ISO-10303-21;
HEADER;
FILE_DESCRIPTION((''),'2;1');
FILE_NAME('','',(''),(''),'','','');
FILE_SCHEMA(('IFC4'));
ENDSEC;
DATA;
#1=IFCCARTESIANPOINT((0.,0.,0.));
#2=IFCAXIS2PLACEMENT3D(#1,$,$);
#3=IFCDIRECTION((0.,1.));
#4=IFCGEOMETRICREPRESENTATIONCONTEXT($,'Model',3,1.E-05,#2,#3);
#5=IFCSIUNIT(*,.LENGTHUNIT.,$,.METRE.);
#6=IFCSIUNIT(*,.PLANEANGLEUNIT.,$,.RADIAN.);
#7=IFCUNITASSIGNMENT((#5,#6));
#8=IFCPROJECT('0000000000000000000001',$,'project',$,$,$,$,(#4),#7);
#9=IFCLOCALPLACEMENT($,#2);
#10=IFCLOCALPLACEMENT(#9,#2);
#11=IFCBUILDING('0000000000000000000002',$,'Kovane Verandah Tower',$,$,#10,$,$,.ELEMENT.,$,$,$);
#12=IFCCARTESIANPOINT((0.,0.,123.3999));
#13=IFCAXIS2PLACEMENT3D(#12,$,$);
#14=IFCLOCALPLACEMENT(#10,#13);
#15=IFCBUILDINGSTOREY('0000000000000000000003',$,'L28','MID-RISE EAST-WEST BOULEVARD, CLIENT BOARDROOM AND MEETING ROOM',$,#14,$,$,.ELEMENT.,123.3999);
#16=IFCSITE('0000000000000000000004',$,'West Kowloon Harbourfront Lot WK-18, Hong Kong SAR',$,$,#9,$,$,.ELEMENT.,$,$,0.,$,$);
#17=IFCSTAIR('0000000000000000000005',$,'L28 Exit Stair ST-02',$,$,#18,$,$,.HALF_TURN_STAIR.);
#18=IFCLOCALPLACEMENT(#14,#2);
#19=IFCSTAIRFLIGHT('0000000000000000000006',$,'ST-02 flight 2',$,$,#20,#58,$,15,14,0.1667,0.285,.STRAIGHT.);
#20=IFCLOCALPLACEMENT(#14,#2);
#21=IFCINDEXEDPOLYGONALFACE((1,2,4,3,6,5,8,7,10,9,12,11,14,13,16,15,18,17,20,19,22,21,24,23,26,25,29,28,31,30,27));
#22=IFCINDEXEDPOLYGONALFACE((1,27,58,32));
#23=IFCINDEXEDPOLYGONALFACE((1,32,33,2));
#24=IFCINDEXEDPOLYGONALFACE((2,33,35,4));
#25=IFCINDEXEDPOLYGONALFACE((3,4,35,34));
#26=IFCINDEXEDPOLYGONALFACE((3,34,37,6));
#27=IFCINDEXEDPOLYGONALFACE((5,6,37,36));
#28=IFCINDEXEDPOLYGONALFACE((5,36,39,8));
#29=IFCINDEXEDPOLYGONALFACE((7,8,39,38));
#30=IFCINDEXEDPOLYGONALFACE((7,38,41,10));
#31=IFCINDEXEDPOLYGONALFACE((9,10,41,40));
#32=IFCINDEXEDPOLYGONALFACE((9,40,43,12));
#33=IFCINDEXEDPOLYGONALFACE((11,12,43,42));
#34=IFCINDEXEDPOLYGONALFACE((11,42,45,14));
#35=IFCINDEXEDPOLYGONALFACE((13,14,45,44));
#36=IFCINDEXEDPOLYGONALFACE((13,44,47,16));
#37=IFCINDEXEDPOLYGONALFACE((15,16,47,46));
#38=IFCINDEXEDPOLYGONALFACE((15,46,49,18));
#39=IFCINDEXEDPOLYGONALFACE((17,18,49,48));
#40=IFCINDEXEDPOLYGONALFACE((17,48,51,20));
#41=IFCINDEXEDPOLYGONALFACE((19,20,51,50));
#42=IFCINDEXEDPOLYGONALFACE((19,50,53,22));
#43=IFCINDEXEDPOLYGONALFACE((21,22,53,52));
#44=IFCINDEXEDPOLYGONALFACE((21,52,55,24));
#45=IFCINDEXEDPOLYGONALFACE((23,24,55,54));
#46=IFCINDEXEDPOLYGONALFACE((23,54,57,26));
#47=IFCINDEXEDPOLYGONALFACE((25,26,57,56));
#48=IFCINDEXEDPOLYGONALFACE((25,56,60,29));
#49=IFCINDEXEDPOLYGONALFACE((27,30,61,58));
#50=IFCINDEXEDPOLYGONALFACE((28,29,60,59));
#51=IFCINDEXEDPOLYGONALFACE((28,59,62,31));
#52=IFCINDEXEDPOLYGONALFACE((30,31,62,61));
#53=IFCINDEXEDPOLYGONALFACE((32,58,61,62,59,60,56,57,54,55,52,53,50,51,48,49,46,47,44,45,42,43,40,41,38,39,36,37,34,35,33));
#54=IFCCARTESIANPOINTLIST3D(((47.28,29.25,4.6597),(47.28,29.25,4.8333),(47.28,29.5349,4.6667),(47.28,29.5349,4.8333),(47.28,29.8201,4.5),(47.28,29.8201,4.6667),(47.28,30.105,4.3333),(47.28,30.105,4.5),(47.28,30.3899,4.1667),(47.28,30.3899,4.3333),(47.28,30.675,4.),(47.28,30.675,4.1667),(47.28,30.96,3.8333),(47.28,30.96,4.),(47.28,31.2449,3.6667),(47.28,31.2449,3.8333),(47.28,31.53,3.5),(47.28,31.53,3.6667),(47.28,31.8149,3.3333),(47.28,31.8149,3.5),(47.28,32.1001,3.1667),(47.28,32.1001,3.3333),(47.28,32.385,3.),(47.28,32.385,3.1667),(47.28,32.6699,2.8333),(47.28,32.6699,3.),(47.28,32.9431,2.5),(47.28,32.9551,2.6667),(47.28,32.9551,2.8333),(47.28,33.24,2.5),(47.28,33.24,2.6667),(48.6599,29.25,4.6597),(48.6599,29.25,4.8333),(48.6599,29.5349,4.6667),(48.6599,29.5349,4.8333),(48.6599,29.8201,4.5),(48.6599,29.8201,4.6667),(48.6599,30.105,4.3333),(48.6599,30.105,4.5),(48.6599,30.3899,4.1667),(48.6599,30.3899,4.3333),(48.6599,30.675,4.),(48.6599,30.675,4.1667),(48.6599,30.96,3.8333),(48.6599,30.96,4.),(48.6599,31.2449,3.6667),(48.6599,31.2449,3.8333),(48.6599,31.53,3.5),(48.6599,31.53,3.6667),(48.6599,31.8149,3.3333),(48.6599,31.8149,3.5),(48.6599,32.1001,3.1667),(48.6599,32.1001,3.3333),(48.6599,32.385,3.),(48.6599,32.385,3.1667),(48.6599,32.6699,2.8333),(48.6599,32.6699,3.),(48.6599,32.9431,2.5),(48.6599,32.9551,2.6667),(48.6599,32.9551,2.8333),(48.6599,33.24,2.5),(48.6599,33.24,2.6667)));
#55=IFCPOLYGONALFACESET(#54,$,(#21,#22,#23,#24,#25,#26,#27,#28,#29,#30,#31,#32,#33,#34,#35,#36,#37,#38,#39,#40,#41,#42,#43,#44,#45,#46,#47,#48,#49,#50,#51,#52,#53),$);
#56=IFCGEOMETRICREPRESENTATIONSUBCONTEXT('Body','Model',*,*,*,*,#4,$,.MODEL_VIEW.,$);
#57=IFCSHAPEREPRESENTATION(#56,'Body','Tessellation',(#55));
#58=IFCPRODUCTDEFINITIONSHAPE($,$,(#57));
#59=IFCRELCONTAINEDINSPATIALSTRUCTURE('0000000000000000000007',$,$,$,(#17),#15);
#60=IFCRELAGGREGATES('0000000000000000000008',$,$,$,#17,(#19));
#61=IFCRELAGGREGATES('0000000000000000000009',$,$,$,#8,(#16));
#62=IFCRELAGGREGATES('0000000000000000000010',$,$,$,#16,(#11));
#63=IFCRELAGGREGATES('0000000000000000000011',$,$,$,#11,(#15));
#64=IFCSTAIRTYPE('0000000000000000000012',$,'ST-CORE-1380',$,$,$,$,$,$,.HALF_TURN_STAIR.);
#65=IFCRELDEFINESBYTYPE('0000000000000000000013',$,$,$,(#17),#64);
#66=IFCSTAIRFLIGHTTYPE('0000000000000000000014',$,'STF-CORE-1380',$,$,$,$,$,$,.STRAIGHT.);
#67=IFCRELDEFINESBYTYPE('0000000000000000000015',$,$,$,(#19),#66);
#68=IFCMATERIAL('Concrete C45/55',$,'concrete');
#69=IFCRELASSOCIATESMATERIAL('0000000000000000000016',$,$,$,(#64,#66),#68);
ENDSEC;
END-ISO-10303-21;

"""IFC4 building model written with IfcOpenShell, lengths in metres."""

from ifc_helpers import new_model, si_unit, direction, frame, origin, place, context, subcontext, project, spatial, polyline, outline, extrude, material, type_object, element, aggregate, save


model = new_model("IFC4")

# Units and contexts
model_context = context("Model", 3, precision=1e-05, world=origin(), true_north=direction((0.0, 1.0)))
body_context = subcontext(model_context, "Body", "Model", "MODEL_VIEW")
ifc_project = project(units=[si_unit("LENGTHUNIT", "METRE"), si_unit("PLANEANGLEUNIT", "RADIAN")], contexts=[model_context])

# Site, building, storey
site_placement = place(None, origin())
site = spatial("IfcSite", under=ifc_project, at=site_placement, Name="West Kowloon Harbourfront Lot WK-18, Hong Kong SAR", CompositionType="ELEMENT", RefElevation=0.0)
building_placement = place(site_placement, origin())
building = spatial("IfcBuilding", under=site, at=building_placement, Name="Kovane Verandah Tower", CompositionType="ELEMENT")
storey_placement = place(building_placement, frame((0.0, 0.0, 123.3999)))
storey = spatial("IfcBuildingStorey", under=building, at=storey_placement, Name="L28", Description="MID-RISE EAST-WEST BOULEVARD, CLIENT BOARDROOM AND MEETING ROOM", CompositionType="ELEMENT", Elevation=123.3999)

# Shared definitions
ifc_material_1 = material(Name="Concrete C45/55", Category="concrete")

# Stair, stair flight
stair_type = type_object("IfcStairType", Name="ST-CORE-1380", PredefinedType="HALF_TURN_STAIR", material=ifc_material_1)
stair_placement = place(storey_placement, origin())
stair = element("IfcStair", 1, at=stair_placement, inside=storey, type_object=stair_type, Name="L28 Exit Stair ST-02", PredefinedType="HALF_TURN_STAIR")
stair_flight_type = type_object("IfcStairFlightType", Name="STF-CORE-1380", PredefinedType="STRAIGHT", material=ifc_material_1)
stair_flight_1_placement = place(storey_placement, frame((47.97, 33.24, 2.5), z_axis=(0.0, 0.0, 1.0), x_axis=(0.0, -1.0, 0.0)))
stair_flight_1 = element("IfcStairFlight", 2, at=stair_flight_1_placement, type_object=stair_flight_type, Name="ST-02 flight 2", NumberOfRisers=15, NumberOfTreads=14, PredefinedType="STRAIGHT", RiserHeight=0.1667, TreadLength=0.285, context=body_context, shape_type="SweptSolid", body=[
    extrude(outline(polyline([(0.0, 0.0), (0.0, 0.1667), (0.2849, 0.1667), (0.2849, 0.3333), (0.5701, 0.3333), (0.5701, 0.5), (0.855, 0.5), (0.855, 0.6667), (1.1399, 0.6667), (1.1399, 0.8333), (1.425, 0.8333), (1.425, 1.0), (1.71, 1.0), (1.71, 1.1667), (1.9951, 1.1667), (1.9951, 1.3333), (2.28, 1.3333), (2.28, 1.5), (2.5649, 1.5), (2.5649, 1.6667), (2.8501, 1.6667), (2.8501, 1.8333), (3.135, 1.8333), (3.135, 2.0), (3.4199, 2.0), (3.4199, 2.1667), (3.7051, 2.1667), (3.7051, 2.3333), (3.99, 2.3333), (3.99, 2.5), (3.99, 2.1597), (0.2969, 0.0), (0.0, 0.0)])), frame((0.0, 0.6899, 0.0), z_axis=(0.0, -1.0, 0.0), x_axis=(1.0, 0.0, 0.0)), (0.0, 0.0, 1.0), 1.3799),
])
aggregate(stair, [stair_flight_1])

save(model, "model.ifc")
